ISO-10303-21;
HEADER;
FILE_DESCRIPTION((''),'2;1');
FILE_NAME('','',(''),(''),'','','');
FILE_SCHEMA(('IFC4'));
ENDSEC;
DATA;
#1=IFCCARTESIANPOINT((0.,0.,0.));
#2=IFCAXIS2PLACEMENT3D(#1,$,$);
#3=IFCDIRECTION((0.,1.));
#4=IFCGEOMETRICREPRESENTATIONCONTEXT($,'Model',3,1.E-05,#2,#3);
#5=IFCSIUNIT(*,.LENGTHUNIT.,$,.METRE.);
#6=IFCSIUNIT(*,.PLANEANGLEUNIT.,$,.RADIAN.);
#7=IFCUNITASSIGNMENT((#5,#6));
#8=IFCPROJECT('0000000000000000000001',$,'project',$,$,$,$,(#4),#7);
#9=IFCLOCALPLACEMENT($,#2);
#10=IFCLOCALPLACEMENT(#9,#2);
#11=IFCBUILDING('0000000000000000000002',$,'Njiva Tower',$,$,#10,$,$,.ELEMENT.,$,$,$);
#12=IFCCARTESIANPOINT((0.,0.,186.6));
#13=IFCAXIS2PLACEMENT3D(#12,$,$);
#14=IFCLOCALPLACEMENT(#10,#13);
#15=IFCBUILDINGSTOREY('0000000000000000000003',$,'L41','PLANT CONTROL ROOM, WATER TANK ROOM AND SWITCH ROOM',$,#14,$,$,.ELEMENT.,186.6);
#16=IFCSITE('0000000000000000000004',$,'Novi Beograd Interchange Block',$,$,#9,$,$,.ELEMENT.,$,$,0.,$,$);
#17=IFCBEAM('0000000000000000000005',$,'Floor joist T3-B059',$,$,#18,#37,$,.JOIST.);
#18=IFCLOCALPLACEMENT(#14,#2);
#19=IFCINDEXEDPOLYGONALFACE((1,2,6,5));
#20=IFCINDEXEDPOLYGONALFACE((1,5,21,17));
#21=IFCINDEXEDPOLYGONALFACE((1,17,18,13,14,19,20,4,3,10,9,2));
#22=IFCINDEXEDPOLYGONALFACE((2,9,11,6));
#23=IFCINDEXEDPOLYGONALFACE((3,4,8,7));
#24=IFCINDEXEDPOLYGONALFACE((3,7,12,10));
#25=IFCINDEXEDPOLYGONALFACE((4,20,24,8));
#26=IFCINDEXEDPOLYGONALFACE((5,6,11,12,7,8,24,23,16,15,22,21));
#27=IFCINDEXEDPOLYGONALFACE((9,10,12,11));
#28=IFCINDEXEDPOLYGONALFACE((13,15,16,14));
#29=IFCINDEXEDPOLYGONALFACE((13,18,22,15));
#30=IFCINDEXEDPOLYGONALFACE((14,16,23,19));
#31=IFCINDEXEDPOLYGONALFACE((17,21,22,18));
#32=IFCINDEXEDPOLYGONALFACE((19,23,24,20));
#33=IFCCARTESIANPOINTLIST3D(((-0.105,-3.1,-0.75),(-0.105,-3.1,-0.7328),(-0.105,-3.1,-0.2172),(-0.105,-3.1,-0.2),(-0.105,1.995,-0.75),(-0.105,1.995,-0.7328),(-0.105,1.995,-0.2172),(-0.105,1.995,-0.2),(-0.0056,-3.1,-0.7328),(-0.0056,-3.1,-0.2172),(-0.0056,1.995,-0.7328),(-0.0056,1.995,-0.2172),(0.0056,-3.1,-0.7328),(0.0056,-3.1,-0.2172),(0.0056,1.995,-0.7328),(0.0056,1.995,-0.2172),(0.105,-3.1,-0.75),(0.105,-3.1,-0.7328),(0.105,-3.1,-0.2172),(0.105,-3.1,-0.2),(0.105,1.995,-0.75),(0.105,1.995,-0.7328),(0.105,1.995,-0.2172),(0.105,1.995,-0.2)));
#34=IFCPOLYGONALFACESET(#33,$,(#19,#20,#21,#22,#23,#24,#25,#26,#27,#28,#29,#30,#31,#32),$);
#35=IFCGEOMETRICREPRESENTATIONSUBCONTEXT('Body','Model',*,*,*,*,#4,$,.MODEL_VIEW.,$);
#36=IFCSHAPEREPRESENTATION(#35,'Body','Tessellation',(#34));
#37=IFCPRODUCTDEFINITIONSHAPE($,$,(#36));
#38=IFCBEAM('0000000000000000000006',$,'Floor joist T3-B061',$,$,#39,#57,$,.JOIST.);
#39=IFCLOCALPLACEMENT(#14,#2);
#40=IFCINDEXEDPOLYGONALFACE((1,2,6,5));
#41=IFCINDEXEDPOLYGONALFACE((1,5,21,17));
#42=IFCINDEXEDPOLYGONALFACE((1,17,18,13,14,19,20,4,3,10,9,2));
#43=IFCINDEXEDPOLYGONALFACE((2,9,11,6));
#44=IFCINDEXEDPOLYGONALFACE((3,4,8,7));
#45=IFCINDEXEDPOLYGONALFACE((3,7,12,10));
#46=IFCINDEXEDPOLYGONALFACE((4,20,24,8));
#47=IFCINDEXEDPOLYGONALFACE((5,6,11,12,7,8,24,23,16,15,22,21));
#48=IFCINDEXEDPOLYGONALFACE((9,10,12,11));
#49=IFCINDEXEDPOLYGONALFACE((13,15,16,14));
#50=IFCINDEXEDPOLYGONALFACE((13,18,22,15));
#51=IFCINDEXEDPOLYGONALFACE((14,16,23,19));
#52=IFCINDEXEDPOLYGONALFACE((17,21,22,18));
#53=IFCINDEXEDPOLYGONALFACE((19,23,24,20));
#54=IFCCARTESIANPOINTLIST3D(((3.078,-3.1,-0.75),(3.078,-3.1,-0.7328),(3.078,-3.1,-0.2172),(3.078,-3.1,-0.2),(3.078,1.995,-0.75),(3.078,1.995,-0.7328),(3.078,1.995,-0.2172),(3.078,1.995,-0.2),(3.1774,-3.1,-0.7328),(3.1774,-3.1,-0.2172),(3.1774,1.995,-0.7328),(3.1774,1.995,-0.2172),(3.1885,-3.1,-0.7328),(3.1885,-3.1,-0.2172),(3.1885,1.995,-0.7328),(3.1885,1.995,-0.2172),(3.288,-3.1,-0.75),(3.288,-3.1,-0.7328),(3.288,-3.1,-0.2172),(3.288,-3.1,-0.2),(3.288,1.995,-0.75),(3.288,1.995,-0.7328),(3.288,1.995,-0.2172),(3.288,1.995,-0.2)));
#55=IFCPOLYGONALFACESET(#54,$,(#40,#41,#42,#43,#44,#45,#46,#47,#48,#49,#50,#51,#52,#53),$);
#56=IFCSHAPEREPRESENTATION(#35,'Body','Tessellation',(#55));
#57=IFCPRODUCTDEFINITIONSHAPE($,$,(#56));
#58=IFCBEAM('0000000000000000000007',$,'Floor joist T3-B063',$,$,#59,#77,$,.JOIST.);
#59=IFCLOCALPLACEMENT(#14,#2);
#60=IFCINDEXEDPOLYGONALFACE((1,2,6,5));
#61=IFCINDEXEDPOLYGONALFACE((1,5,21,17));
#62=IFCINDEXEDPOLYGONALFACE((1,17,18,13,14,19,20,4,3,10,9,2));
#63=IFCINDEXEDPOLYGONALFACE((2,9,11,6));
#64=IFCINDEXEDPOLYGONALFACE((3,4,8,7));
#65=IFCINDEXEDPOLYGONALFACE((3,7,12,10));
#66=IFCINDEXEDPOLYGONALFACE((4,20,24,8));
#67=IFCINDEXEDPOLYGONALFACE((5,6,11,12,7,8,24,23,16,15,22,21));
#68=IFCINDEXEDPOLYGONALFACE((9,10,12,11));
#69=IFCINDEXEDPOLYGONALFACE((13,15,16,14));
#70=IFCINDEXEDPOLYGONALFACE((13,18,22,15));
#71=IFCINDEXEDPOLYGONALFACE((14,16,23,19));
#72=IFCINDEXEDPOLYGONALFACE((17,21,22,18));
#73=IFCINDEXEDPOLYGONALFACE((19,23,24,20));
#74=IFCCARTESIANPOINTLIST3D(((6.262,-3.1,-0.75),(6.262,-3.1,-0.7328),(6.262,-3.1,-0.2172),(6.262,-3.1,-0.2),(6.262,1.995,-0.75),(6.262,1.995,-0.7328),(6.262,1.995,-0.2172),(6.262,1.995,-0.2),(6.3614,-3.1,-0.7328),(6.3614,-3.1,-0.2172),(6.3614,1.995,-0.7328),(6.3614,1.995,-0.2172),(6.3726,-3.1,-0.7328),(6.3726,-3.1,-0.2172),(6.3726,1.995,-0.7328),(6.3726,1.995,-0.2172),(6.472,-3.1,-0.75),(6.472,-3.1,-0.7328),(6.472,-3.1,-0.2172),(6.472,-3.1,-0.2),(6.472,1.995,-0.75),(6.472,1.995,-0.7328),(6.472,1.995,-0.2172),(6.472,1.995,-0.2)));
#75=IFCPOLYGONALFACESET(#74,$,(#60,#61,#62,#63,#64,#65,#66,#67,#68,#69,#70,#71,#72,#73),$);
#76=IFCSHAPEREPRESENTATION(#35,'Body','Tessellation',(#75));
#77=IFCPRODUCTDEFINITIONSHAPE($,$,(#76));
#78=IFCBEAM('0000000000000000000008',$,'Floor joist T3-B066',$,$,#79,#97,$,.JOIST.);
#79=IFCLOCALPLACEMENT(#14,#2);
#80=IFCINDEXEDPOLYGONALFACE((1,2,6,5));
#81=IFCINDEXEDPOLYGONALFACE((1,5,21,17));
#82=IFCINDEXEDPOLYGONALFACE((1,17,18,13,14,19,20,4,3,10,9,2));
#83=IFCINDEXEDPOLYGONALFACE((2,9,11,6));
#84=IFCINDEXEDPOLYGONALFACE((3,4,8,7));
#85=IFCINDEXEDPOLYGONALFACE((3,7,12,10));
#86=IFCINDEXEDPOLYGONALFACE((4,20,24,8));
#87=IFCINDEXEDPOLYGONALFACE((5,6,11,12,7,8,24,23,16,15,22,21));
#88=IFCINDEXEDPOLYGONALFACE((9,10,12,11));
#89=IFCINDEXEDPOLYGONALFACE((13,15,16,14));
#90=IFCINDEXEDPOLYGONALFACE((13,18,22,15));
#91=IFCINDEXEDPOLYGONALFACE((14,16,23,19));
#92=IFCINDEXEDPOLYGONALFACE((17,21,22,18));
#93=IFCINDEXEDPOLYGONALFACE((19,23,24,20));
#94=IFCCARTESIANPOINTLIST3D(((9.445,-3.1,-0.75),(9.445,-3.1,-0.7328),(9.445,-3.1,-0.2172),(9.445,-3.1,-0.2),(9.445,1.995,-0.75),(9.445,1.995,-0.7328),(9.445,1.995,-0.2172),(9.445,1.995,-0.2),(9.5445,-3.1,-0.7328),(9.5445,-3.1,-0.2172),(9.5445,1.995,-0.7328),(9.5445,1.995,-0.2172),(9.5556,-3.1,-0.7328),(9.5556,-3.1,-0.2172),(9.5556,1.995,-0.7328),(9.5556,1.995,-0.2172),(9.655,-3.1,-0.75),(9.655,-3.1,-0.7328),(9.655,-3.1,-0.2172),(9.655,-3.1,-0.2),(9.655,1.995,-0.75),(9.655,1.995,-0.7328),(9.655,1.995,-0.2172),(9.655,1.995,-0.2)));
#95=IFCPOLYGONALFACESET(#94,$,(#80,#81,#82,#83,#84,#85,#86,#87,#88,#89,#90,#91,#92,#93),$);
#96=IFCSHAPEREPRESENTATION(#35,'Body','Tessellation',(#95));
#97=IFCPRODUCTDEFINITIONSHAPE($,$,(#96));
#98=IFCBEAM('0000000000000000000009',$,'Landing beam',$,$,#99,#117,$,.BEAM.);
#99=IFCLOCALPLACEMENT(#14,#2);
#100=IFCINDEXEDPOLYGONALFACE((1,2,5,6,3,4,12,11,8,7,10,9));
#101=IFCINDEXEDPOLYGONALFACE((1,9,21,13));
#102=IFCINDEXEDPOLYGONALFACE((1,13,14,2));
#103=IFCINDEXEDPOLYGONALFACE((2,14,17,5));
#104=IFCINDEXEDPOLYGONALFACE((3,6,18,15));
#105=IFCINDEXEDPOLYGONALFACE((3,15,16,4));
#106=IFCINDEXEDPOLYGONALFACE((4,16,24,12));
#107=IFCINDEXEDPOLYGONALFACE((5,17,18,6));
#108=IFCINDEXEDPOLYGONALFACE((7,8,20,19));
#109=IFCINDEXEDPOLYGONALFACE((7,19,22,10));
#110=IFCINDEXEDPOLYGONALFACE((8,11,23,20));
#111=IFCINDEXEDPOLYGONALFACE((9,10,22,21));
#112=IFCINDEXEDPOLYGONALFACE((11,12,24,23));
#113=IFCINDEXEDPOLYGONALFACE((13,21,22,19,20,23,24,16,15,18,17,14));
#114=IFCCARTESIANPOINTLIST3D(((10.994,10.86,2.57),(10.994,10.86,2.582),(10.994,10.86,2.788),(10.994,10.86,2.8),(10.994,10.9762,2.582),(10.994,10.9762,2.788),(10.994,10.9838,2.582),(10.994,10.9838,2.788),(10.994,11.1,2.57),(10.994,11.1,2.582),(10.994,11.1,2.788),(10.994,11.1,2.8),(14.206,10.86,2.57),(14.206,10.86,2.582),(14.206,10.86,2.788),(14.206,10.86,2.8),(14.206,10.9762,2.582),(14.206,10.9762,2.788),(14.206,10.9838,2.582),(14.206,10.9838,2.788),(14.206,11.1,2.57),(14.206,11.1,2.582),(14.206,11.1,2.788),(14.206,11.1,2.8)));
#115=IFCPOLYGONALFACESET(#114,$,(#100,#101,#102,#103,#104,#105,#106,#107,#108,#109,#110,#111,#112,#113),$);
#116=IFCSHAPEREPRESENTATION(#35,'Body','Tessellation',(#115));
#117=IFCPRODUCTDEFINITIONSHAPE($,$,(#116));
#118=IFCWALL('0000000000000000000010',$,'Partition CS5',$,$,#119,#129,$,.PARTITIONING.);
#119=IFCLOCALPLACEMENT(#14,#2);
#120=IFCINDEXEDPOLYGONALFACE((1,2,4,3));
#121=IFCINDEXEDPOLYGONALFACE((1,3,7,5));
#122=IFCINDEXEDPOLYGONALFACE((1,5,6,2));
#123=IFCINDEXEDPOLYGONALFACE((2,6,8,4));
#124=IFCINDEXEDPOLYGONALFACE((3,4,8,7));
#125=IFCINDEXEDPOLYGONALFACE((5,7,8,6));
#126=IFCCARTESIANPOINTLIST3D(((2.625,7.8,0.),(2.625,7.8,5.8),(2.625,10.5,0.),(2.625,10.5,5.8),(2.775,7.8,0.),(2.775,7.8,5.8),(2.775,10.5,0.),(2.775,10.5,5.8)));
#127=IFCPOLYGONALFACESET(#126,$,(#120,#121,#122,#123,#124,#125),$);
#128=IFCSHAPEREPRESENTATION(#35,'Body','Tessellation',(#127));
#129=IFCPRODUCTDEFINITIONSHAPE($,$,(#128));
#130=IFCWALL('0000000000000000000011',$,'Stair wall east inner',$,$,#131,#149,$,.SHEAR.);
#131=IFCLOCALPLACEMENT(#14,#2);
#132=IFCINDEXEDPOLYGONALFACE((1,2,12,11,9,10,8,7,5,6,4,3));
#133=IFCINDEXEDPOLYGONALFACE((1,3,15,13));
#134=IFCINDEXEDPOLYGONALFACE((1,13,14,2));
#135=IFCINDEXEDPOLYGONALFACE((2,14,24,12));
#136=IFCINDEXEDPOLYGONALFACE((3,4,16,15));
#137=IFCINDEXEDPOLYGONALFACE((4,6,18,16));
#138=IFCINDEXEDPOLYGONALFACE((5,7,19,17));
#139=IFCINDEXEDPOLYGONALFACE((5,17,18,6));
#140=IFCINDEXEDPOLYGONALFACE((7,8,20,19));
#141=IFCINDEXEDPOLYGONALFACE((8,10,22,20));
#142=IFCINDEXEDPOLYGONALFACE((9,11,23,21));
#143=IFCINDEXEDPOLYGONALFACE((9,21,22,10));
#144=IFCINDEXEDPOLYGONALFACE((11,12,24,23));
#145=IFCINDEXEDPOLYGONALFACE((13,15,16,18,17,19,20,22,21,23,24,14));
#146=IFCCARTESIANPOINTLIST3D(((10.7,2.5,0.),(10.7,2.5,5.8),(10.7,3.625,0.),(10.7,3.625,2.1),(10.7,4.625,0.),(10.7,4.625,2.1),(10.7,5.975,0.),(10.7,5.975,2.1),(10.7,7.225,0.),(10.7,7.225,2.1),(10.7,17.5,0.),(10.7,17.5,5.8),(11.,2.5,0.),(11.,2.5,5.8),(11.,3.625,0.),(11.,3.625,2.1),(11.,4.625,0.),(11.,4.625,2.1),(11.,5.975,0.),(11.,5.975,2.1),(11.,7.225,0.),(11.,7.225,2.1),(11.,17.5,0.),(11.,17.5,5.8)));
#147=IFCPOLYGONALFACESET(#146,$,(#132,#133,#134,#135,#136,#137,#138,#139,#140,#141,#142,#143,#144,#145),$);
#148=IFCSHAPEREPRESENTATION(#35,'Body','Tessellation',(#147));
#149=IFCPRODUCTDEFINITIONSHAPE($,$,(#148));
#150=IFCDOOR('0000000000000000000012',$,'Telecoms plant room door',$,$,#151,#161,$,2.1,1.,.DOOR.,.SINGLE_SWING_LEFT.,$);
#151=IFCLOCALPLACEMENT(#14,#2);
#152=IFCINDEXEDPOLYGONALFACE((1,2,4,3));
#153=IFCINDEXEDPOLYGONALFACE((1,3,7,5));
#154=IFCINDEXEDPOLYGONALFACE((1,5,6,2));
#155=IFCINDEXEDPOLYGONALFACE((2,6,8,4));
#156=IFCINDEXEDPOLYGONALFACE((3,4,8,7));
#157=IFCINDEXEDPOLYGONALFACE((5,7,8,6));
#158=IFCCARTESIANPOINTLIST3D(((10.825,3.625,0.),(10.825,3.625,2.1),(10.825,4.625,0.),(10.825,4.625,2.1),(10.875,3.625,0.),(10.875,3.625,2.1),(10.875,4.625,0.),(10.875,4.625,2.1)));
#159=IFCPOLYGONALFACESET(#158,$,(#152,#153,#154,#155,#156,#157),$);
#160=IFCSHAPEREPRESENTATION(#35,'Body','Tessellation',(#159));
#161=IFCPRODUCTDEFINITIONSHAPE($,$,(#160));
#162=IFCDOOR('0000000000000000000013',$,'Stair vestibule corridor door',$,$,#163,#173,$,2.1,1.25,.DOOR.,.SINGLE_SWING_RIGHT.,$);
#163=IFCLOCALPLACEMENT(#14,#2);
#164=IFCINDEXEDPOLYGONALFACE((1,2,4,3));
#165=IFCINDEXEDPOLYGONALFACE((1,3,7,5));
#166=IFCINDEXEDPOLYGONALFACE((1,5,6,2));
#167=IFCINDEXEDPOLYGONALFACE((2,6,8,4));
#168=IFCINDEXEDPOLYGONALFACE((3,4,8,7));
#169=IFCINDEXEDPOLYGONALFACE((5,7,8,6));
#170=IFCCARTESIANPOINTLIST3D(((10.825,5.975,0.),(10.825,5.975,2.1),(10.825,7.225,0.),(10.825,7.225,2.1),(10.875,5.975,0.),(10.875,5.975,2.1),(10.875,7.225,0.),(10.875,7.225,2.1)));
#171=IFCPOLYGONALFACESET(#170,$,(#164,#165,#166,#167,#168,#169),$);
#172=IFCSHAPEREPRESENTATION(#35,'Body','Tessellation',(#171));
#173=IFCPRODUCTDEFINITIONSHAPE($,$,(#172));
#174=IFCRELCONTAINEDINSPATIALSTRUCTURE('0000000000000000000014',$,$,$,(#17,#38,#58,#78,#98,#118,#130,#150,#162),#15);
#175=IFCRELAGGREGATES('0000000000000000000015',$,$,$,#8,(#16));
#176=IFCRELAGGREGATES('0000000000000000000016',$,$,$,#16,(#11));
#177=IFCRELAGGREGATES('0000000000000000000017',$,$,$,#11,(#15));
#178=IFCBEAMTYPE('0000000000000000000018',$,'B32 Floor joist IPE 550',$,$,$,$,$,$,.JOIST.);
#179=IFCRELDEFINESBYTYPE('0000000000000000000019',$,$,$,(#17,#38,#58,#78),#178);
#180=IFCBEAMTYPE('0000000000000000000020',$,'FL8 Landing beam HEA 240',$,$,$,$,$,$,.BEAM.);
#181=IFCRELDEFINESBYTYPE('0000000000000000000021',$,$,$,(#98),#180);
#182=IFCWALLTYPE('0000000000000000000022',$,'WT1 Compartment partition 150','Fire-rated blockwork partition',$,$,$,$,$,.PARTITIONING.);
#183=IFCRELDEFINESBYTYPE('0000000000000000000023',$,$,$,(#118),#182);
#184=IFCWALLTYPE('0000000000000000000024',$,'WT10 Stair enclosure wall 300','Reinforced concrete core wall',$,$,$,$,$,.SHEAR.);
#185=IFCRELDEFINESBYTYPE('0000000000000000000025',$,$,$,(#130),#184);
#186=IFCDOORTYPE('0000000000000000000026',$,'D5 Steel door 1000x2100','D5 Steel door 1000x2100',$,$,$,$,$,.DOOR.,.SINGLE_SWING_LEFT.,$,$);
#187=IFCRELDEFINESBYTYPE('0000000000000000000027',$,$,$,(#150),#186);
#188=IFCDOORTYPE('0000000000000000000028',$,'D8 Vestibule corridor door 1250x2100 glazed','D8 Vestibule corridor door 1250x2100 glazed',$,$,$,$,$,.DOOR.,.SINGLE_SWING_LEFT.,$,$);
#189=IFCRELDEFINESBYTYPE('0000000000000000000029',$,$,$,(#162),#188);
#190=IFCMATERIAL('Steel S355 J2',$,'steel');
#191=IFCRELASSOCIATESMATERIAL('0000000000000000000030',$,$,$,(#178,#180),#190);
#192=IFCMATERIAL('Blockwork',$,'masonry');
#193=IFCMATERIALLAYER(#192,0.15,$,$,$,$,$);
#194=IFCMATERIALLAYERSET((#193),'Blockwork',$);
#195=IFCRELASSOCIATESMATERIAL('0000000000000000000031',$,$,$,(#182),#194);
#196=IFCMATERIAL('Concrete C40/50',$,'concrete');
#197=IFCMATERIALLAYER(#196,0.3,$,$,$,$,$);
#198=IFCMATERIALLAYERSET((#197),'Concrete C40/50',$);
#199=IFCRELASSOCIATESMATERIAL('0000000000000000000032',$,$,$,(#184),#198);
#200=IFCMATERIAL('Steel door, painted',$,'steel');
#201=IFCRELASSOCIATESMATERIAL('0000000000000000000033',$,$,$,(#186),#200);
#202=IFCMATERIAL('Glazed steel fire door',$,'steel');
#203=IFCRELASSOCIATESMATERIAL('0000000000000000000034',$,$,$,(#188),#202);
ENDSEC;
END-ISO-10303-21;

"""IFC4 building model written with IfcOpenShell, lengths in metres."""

from ifc_helpers import new_model, si_unit, direction, frame, frame_2d, origin, origin_2d, place, context, subcontext, project, spatial, rectangle, i_section, extrude, material, layer, layer_set, material_profile, profile_set, type_object, element, fill, save


model = new_model("IFC4")

# Units and contexts
model_context = context("Model", 3, precision=1e-05, world=origin(), true_north=direction((0.0, 1.0)))
body_context = subcontext(model_context, "Body", "Model", "MODEL_VIEW")
ifc_project = project(units=[si_unit("LENGTHUNIT", "METRE"), si_unit("PLANEANGLEUNIT", "RADIAN")], contexts=[model_context])

# Site, building, storey
site_placement = place(None, origin())
site = spatial("IfcSite", under=ifc_project, at=site_placement, Name="Novi Beograd Interchange Block", CompositionType="ELEMENT", RefElevation=0.0)
building_placement = place(site_placement, origin())
building = spatial("IfcBuilding", under=site, at=building_placement, Name="Njiva Tower", CompositionType="ELEMENT")
storey_placement = place(building_placement, frame((0.0, 0.0, 186.6)))
storey = spatial("IfcBuildingStorey", under=building, at=storey_placement, Name="L41", Description="PLANT CONTROL ROOM, WATER TANK ROOM AND SWITCH ROOM", CompositionType="ELEMENT", Elevation=186.6)

# Beams
ifc_material_1 = material(Name="Steel S355 J2", Category="steel")
ifc_material_profile_1 = material_profile(ifc_material_1, i_section(OverallWidth=0.21, OverallDepth=0.55, WebThickness=0.0111, FlangeThickness=0.0172, at=origin_2d()), Name="IPE 550")
ifc_profile_set_1 = profile_set([ifc_material_profile_1], Name="Steel S355 J2")
beam_type_1 = type_object("IfcBeamType", Name="B32 Floor joist IPE 550", PredefinedType="JOIST", material=ifc_profile_set_1)
for number, where, z_axis, x_axis, name in (
    (1, (0.0, 1.995, -0.475), (0.0, -1.0, 0.0), (1.0, 0.0, 0.0), "Floor joist T3-B059"),
    (2, (3.183, 1.995, -0.475), (0.0, -1.0, 0.0), (1.0, 0.0, 0.0), "Floor joist T3-B061"),
    (3, (6.367, 1.995, -0.475), (0.0, -1.0, 0.0), (1.0, 0.0, 0.0), "Floor joist T3-B063"),
    (4, (9.55, 1.995, -0.475), (0.0, -1.0, 0.0), (1.0, 0.0, 0.0), "Floor joist T3-B066"),
):
    element("IfcBeam", number, at=place(storey_placement, frame(where, z_axis=z_axis, x_axis=x_axis)), inside=storey, type_object=beam_type_1, Name=name, PredefinedType="JOIST", context=body_context, shape_type="SweptSolid", body=[
        extrude(i_section(OverallWidth=0.21, OverallDepth=0.55, WebThickness=0.0111, FlangeThickness=0.0172, at=origin_2d()), origin(), (0.0, 0.0, 1.0), 5.095),
    ])
ifc_material_profile_2 = material_profile(ifc_material_1, i_section(OverallWidth=0.24, OverallDepth=0.23, WebThickness=0.0075, FlangeThickness=0.012, at=origin_2d()), Name="HEA240")
ifc_profile_set_2 = profile_set([ifc_material_profile_2], Name="Steel S355 J2")
beam_type_2 = type_object("IfcBeamType", Name="FL8 Landing beam HEA 240", PredefinedType="BEAM", material=ifc_profile_set_2)
beam_placement = place(storey_placement, frame((10.994, 10.98, 2.685), z_axis=(1.0, 0.0, 0.0), x_axis=(0.0, 1.0, 0.0)))
element("IfcBeam", 5, at=beam_placement, inside=storey, type_object=beam_type_2, Name="Landing beam", PredefinedType="BEAM", context=body_context, shape_type="SweptSolid", body=[
    extrude(i_section(OverallWidth=0.24, OverallDepth=0.23, WebThickness=0.0075, FlangeThickness=0.012, at=origin_2d()), origin(), (0.0, 0.0, 1.0), 3.212),
])

# Wall
ifc_material_2 = material(Name="Blockwork", Category="masonry")
ifc_layer_1 = layer(ifc_material_2, 0.15)
ifc_layer_set_1 = layer_set([ifc_layer_1], Name="Blockwork")
wall_type_1 = type_object("IfcWallType", Name="WT1 Compartment partition 150", Description="Fire-rated blockwork partition", PredefinedType="PARTITIONING", material=ifc_layer_set_1)
wall_1_placement = place(storey_placement, frame((2.7, 7.8, 0.0), z_axis=(0.0, 0.0, 1.0), x_axis=(0.0, 1.0, 0.0)))
element("IfcWall", 6, at=wall_1_placement, inside=storey, type_object=wall_type_1, Name="Partition CS5", PredefinedType="PARTITIONING", context=body_context, shape_type="SweptSolid", body=[
    extrude(rectangle(XDim=2.7, YDim=0.15, at=frame_2d((1.35, 0.0))), origin(), (0.0, 0.0, 1.0), 5.8),
])

# Wall, openings, doors
ifc_material_3 = material(Name="Concrete C40/50", Category="concrete")
ifc_layer_2 = layer(ifc_material_3, 0.3)
ifc_layer_set_2 = layer_set([ifc_layer_2], Name="Concrete C40/50")
wall_type_2 = type_object("IfcWallType", Name="WT10 Stair enclosure wall 300", Description="Reinforced concrete core wall", PredefinedType="SHEAR", material=ifc_layer_set_2)
wall_2_placement = place(storey_placement, frame((10.85, 2.5, 0.0), z_axis=(0.0, 0.0, 1.0), x_axis=(0.0, 1.0, 0.0)))
wall_2 = element("IfcWall", 7, at=wall_2_placement, inside=storey, type_object=wall_type_2, Name="Stair wall east inner", PredefinedType="SHEAR", context=body_context, shape_type="SweptSolid", body=[
    extrude(rectangle(XDim=15.0, YDim=0.3, at=frame_2d((7.5, 0.0))), origin(), (0.0, 0.0, 1.0), 5.8),
])
opening_1_placement = place(wall_2_placement, frame((3.475, 0.0, 0.0)))
opening_1 = element("IfcOpeningElement", 8, at=opening_1_placement, cuts=wall_2, PredefinedType="OPENING", context=body_context, shape_type="SweptSolid", body=[
    extrude(rectangle(XDim=1.25, YDim=2.1, at=frame_2d((0.625, 1.05))), frame((0.0, 0.16, 0.0), z_axis=(0.0, -1.0, 0.0), x_axis=(1.0, 0.0, 0.0)), (0.0, 0.0, 1.0), 0.32),
])
opening_2_placement = place(wall_2_placement, frame((1.125, 0.0, 0.0)))
opening_2 = element("IfcOpeningElement", 9, at=opening_2_placement, cuts=wall_2, PredefinedType="OPENING", context=body_context, shape_type="SweptSolid", body=[
    extrude(rectangle(XDim=1.0, YDim=2.1, at=frame_2d((0.5, 1.05))), frame((0.0, 0.16, 0.0), z_axis=(0.0, -1.0, 0.0), x_axis=(1.0, 0.0, 0.0)), (0.0, 0.0, 1.0), 0.32),
])
ifc_material_4 = material(Name="Steel door, painted", Category="steel")
door_type_1 = type_object("IfcDoorType", Name="D5 Steel door 1000x2100", Description="D5 Steel door 1000x2100", OperationType="SINGLE_SWING_LEFT", PredefinedType="DOOR", material=ifc_material_4)
door_1_placement = place(opening_2_placement, origin())
door_1 = element("IfcDoor", 10, at=door_1_placement, inside=storey, type_object=door_type_1, Name="Telecoms plant room door", OperationType="SINGLE_SWING_LEFT", OverallHeight=2.1, OverallWidth=1.0, PredefinedType="DOOR", context=body_context, shape_type="SweptSolid", body=[
    extrude(rectangle(XDim=1.0, YDim=2.1, at=frame_2d((0.5, 1.05))), frame((0.0, 0.025, 0.0), z_axis=(0.0, -1.0, 0.0), x_axis=(1.0, 0.0, 0.0)), (0.0, 0.0, 1.0), 0.05),
])
fill(opening_2, door_1)
ifc_material_5 = material(Name="Glazed steel fire door", Category="steel")
door_type_2 = type_object("IfcDoorType", Name="D8 Vestibule corridor door 1250x2100 glazed", Description="D8 Vestibule corridor door 1250x2100 glazed", OperationType="SINGLE_SWING_LEFT", PredefinedType="DOOR", material=ifc_material_5)
door_2_placement = place(opening_1_placement, origin())
door_2 = element("IfcDoor", 11, at=door_2_placement, inside=storey, type_object=door_type_2, Name="Stair vestibule corridor door", OperationType="SINGLE_SWING_RIGHT", OverallHeight=2.1, OverallWidth=1.25, PredefinedType="DOOR", context=body_context, shape_type="SweptSolid", body=[
    extrude(rectangle(XDim=1.25, YDim=2.1, at=frame_2d((0.625, 1.05))), frame((0.0, 0.025, 0.0), z_axis=(0.0, -1.0, 0.0), x_axis=(1.0, 0.0, 0.0)), (0.0, 0.0, 1.0), 0.05),
])
fill(opening_1, door_2)

save(model, "model.ifc")
